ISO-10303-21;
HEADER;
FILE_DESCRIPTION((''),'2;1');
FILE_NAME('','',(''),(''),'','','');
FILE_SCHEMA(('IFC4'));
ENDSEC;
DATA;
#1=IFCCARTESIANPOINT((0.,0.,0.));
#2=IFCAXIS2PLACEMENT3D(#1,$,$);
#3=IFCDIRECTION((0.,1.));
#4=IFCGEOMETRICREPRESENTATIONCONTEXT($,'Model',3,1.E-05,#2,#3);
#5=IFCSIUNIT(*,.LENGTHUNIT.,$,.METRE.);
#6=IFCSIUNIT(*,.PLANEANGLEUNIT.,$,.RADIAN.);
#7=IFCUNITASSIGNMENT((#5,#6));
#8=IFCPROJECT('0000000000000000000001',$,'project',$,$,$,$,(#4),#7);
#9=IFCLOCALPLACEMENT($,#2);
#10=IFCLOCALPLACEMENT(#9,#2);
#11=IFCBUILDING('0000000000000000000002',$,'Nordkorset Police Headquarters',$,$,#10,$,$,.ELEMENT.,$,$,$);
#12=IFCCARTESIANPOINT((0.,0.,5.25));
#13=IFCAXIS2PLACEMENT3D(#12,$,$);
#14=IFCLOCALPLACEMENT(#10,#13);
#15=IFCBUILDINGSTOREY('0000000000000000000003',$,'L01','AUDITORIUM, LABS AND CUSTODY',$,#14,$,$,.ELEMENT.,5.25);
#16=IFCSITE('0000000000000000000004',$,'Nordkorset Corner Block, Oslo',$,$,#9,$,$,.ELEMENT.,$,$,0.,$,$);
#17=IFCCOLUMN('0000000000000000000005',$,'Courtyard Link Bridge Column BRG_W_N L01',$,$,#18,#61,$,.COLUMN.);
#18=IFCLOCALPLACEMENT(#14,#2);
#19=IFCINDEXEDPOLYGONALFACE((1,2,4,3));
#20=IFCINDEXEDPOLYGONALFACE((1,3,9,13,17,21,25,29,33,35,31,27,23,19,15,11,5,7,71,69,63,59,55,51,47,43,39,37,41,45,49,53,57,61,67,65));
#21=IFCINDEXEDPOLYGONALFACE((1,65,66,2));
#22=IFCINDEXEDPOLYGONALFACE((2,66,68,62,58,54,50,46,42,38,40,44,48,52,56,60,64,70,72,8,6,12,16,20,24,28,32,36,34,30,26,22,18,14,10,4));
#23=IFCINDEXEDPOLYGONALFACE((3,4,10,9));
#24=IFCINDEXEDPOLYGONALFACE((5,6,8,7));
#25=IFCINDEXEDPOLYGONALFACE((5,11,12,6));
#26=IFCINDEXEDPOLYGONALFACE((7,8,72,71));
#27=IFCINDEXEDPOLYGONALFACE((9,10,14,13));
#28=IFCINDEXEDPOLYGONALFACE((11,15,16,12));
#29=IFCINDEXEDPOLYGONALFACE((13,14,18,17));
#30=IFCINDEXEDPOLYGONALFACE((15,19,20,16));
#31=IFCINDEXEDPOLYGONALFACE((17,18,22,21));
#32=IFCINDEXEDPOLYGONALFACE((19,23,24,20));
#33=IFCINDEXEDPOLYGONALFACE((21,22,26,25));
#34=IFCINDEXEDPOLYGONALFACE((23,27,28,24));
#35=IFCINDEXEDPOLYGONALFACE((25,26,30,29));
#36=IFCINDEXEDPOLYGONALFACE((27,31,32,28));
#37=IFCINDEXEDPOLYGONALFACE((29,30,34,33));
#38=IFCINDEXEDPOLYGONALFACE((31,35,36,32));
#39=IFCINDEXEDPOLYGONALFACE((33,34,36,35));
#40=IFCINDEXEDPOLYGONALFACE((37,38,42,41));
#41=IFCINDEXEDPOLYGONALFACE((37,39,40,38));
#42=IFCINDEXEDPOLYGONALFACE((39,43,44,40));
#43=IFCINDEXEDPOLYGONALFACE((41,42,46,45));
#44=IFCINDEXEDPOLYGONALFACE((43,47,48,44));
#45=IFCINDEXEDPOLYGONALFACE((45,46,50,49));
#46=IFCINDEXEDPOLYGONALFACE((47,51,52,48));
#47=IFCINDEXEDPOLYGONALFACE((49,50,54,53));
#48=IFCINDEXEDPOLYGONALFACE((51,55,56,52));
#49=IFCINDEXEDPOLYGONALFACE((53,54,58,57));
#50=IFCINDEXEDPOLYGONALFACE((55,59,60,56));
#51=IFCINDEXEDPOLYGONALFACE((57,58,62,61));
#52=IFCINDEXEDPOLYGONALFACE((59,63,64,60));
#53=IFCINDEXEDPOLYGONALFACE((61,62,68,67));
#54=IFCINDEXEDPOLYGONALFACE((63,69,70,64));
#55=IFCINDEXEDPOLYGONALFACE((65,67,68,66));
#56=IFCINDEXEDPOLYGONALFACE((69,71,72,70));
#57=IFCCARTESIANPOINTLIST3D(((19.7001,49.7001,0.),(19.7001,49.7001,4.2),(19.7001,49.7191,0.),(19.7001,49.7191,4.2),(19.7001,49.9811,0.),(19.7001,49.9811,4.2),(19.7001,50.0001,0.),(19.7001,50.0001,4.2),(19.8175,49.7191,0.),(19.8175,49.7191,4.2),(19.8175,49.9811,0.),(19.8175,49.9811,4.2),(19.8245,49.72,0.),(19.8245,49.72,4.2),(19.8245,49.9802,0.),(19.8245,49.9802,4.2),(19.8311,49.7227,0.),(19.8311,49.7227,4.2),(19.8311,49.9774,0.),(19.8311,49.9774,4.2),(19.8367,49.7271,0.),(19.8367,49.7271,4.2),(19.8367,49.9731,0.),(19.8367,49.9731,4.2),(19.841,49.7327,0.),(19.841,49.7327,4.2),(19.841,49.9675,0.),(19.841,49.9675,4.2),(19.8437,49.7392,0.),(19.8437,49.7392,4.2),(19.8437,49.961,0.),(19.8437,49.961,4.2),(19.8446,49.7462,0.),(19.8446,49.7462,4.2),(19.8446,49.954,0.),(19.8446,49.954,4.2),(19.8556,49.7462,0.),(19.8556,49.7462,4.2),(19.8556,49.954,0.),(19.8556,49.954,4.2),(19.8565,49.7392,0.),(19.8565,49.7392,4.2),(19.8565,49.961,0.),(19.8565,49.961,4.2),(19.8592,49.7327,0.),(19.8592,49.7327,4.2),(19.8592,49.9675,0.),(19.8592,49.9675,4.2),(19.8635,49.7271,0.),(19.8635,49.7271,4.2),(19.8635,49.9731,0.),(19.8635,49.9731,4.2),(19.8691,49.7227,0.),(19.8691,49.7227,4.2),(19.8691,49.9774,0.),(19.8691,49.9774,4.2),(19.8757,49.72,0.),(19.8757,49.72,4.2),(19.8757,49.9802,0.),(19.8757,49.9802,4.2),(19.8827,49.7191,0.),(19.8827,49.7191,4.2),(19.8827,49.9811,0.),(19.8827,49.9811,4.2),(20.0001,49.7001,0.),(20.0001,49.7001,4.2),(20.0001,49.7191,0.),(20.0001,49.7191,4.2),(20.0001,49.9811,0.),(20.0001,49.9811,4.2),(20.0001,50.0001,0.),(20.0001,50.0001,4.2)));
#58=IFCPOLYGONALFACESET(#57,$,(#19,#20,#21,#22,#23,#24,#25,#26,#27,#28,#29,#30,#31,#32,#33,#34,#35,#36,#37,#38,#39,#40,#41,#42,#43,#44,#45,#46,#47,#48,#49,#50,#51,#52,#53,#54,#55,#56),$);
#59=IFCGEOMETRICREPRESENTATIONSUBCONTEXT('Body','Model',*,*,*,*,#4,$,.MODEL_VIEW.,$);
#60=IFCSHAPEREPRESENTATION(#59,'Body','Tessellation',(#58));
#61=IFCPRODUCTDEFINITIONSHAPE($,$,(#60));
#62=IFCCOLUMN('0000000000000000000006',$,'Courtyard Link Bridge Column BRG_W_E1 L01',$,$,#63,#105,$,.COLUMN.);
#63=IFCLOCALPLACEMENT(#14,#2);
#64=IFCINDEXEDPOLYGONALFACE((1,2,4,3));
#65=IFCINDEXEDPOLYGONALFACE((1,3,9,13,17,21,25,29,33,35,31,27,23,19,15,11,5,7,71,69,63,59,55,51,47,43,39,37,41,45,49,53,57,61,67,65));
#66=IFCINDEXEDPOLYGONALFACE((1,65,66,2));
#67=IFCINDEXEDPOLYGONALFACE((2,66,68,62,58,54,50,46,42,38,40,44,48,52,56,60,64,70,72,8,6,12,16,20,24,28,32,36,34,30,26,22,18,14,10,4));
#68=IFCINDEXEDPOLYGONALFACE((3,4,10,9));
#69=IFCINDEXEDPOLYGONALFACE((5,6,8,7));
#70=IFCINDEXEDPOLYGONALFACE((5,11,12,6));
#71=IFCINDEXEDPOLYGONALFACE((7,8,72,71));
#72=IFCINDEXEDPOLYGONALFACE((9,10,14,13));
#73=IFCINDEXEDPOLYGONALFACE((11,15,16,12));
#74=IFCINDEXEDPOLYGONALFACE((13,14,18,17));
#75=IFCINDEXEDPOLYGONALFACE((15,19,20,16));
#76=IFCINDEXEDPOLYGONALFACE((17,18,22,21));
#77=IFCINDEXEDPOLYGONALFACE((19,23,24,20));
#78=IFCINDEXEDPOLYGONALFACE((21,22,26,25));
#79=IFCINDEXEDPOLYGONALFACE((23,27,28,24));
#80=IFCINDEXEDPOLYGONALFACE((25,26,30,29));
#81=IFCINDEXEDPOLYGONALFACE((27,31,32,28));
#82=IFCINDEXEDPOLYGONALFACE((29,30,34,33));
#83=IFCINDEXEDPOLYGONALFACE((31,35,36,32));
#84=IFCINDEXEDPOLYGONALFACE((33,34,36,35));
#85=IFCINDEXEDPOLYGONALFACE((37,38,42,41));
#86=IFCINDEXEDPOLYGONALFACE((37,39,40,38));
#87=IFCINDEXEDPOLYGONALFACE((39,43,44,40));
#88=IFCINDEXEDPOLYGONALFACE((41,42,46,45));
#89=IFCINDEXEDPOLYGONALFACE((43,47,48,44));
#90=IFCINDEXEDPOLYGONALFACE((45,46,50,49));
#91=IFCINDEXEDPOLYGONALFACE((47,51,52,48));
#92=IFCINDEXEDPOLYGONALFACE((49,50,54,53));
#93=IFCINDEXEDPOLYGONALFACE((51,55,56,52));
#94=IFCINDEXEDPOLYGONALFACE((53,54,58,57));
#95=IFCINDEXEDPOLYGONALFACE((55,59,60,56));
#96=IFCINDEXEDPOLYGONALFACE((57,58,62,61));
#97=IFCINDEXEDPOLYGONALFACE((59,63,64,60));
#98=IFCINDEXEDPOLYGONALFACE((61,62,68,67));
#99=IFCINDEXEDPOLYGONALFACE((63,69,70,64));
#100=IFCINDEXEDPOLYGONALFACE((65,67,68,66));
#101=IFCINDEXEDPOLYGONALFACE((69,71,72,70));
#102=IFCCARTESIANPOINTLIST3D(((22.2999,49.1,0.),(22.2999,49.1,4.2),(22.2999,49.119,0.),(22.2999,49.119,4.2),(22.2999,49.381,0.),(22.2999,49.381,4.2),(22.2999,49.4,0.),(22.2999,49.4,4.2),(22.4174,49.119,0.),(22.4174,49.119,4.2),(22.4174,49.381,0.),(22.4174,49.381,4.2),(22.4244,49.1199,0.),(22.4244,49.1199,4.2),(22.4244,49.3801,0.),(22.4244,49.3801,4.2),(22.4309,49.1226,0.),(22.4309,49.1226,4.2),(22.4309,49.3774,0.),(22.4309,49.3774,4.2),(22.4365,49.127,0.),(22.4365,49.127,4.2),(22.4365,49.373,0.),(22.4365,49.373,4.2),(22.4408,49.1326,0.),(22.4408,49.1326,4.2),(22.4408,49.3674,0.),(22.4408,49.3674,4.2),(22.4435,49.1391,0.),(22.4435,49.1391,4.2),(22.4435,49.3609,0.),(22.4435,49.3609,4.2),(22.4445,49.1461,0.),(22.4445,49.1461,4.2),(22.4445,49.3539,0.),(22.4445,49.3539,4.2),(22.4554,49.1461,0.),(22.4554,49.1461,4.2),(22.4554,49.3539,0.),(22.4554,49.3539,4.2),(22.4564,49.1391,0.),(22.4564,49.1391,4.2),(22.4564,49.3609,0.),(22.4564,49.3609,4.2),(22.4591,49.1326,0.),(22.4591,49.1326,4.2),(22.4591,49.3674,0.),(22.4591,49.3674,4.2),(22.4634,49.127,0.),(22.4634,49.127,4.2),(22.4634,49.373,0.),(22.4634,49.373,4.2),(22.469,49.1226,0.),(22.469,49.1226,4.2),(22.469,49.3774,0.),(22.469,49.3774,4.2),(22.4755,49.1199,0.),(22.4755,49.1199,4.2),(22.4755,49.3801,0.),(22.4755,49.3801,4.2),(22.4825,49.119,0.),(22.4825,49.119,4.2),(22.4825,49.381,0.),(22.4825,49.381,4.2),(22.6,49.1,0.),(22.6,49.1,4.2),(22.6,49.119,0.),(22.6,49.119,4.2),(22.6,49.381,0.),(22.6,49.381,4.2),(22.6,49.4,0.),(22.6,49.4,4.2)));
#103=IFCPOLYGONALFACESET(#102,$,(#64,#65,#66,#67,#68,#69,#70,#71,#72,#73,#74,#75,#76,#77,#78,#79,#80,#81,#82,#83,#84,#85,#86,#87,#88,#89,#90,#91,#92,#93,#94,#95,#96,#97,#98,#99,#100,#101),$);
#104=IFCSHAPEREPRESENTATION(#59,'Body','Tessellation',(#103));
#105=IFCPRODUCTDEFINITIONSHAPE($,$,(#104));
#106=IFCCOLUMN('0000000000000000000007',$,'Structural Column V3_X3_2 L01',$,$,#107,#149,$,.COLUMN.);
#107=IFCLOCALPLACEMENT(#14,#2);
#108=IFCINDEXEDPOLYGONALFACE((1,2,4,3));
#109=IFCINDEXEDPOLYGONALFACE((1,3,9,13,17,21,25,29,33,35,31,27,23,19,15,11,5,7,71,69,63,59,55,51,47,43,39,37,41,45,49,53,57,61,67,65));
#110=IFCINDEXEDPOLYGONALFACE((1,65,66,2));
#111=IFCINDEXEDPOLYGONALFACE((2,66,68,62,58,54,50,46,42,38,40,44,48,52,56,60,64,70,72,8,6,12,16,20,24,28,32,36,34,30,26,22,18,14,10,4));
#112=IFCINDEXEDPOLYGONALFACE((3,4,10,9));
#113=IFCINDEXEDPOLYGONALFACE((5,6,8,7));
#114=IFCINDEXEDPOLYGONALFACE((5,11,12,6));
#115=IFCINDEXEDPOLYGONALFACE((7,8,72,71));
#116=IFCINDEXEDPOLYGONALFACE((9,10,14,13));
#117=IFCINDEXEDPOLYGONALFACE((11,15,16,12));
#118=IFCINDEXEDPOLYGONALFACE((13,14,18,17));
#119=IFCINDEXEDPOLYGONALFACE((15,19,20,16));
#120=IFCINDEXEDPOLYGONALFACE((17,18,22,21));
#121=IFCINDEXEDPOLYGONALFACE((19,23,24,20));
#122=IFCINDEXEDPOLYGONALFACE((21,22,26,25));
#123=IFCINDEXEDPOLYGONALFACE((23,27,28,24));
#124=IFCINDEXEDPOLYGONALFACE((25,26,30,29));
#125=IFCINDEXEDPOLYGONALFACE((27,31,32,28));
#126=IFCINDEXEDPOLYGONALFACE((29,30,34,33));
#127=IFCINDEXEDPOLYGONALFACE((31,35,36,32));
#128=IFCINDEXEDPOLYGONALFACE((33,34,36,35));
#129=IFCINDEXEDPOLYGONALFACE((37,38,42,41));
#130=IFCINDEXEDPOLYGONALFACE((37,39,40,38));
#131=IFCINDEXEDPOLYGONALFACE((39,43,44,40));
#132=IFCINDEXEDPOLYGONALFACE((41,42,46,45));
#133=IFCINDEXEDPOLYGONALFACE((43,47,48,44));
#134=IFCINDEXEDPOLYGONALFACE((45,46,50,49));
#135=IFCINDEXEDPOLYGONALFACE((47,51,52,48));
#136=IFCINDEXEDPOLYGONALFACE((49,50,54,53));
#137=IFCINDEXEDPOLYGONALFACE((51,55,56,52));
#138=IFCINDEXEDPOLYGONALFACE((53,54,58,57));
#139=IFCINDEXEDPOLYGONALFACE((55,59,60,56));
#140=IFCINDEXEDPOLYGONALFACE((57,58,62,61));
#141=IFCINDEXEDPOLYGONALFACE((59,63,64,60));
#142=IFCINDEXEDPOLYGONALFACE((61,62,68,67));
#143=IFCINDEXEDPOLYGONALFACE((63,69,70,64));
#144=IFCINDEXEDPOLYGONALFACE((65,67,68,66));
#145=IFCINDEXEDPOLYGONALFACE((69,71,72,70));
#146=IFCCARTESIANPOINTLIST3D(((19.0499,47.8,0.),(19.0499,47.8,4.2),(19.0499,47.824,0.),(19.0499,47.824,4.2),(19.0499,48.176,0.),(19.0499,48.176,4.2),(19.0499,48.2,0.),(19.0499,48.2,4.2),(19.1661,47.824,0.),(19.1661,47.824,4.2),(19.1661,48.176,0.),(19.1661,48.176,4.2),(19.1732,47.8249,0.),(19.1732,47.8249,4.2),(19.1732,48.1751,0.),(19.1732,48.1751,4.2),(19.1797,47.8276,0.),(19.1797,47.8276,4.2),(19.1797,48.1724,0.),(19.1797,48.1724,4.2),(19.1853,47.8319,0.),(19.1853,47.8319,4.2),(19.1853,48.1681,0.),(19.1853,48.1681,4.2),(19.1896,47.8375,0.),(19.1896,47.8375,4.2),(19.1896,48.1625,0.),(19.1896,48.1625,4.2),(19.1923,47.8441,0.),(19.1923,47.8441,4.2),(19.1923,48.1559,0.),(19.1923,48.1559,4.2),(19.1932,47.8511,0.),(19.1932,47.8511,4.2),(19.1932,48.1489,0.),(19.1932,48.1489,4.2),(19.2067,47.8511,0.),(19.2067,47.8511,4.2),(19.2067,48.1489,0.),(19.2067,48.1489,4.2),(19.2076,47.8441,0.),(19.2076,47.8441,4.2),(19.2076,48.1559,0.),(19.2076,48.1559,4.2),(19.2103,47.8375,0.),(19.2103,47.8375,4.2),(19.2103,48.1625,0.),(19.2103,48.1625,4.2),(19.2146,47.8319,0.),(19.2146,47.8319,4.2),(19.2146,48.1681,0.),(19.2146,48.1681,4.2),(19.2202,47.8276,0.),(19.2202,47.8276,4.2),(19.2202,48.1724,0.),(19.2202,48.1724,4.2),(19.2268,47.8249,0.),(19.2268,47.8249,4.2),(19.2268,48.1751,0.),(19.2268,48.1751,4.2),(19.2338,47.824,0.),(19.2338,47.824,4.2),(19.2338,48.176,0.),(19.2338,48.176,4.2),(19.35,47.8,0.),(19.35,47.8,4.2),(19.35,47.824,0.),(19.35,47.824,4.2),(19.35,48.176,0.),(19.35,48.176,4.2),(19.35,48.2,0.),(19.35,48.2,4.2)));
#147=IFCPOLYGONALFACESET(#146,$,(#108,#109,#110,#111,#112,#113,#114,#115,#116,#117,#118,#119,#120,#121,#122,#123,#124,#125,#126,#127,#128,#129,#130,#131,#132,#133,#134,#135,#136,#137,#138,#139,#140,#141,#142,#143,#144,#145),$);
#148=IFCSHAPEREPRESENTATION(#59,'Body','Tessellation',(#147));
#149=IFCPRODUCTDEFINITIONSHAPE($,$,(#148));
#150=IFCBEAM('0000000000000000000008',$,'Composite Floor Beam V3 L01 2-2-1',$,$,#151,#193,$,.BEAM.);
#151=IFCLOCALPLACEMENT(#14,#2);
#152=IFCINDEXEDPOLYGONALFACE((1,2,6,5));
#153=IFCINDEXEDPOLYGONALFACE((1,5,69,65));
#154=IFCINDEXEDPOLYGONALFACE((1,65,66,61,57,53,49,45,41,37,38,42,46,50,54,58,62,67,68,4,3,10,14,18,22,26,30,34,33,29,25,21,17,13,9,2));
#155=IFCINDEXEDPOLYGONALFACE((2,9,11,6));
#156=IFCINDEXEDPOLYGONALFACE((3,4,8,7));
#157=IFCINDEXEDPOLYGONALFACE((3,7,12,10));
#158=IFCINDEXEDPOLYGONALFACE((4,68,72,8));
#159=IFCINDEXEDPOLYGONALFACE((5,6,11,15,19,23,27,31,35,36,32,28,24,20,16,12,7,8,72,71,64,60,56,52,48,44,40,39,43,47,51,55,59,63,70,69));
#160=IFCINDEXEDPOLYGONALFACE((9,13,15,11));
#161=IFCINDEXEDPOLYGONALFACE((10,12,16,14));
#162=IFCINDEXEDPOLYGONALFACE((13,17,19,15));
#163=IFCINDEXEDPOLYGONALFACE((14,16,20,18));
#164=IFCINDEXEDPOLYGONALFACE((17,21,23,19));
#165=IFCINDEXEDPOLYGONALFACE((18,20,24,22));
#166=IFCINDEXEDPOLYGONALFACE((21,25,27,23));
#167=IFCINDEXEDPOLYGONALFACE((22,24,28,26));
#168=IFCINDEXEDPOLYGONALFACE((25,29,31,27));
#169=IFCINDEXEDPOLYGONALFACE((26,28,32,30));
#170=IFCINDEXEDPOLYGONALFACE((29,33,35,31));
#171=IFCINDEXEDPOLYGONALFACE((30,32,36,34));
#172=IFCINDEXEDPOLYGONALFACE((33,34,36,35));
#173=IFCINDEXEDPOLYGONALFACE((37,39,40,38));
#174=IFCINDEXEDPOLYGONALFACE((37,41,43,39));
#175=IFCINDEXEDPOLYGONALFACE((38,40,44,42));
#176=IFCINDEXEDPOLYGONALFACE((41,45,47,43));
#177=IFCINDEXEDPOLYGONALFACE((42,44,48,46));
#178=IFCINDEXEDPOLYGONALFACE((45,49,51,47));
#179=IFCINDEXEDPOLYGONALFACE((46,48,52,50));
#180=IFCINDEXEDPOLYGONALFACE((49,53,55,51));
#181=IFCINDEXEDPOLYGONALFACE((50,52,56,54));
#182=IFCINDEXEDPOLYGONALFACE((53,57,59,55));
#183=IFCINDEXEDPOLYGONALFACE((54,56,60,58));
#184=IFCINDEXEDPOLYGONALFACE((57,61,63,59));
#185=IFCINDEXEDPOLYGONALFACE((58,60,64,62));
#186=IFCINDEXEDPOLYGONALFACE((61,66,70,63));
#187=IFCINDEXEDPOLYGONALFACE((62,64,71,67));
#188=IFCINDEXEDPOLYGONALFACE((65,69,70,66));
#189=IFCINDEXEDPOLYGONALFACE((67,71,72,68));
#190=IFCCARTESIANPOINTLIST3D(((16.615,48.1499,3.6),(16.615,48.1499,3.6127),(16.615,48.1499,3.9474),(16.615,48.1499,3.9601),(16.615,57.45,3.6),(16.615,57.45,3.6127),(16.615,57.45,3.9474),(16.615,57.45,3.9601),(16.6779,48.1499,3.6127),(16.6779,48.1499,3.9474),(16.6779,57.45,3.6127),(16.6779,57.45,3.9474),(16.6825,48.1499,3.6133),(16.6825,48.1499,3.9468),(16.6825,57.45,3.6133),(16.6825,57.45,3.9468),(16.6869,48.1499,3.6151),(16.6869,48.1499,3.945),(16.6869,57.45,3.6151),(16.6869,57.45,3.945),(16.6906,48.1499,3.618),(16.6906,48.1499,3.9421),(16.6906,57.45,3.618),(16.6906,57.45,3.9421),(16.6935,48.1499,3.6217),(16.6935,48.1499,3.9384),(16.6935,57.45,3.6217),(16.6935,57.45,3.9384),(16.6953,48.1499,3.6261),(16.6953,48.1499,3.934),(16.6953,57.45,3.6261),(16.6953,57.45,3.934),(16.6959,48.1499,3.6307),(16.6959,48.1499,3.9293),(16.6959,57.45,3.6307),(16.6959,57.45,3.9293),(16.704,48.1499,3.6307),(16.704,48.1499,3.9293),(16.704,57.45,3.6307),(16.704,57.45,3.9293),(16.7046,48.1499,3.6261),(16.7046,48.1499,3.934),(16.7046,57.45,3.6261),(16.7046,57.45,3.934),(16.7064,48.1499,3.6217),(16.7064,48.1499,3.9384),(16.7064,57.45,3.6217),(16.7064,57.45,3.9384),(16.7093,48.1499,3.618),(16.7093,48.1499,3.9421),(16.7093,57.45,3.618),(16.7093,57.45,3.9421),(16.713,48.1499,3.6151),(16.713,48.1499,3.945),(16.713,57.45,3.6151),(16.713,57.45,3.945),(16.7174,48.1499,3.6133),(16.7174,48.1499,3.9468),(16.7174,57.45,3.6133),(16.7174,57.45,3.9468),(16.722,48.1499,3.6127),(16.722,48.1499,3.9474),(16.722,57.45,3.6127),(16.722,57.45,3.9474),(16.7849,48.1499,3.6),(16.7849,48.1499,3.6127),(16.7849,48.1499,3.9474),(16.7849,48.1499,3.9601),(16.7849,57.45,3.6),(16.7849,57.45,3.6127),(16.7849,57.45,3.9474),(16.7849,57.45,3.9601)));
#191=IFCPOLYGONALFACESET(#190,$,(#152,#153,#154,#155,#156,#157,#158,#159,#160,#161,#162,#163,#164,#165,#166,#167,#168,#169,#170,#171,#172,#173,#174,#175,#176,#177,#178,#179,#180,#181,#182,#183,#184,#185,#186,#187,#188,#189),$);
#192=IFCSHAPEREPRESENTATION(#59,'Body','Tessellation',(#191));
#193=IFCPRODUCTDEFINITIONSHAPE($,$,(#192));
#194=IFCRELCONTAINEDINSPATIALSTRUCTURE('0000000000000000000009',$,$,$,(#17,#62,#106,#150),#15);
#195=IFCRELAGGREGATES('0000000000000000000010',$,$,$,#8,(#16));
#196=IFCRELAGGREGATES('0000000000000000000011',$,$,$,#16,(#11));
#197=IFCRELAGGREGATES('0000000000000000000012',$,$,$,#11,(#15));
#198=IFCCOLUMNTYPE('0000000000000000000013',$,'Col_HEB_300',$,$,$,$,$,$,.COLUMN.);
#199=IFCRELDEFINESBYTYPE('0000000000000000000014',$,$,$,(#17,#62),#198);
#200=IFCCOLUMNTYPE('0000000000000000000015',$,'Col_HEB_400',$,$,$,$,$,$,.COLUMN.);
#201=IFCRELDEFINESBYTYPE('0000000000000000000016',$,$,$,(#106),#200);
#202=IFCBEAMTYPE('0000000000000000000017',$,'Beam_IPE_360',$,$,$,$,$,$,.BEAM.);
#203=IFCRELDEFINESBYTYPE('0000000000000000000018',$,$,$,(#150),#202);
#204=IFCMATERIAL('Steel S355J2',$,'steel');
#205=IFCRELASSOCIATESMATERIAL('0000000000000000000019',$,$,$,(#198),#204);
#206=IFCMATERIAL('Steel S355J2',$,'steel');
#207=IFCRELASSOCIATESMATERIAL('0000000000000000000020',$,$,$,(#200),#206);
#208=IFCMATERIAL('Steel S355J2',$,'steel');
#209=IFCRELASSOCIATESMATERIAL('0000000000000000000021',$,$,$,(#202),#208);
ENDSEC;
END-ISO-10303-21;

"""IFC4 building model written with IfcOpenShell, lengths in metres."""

from ifc_helpers import new_model, si_unit, direction, frame, origin, origin_2d, place, context, subcontext, project, spatial, i_section, extrude, material, material_profile, profile_set, type_object, element, save


model = new_model("IFC4")

# Units and contexts
model_context = context("Model", 3, precision=1e-05, world=origin(), true_north=direction((0.0, 1.0)))
body_context = subcontext(model_context, "Body", "Model", "MODEL_VIEW")
ifc_project = project(units=[si_unit("LENGTHUNIT", "METRE"), si_unit("PLANEANGLEUNIT", "RADIAN")], contexts=[model_context])

# Site, building, storey
site_placement = place(None, origin())
site = spatial("IfcSite", under=ifc_project, at=site_placement, Name="Nordkorset Corner Block, Oslo", CompositionType="ELEMENT", RefElevation=0.0)
building_placement = place(site_placement, origin())
building = spatial("IfcBuilding", under=site, at=building_placement, Name="Nordkorset Police Headquarters", CompositionType="ELEMENT")
storey_placement = place(building_placement, frame((0.0, 0.0, 5.25)))
storey = spatial("IfcBuildingStorey", under=building, at=storey_placement, Name="L01", Description="AUDITORIUM, LABS AND CUSTODY", CompositionType="ELEMENT", Elevation=5.25)

# Columns
ifc_material_1 = material(Name="Steel S355J2", Category="steel")
ifc_material_profile_1 = material_profile(ifc_material_1, i_section(OverallWidth=0.3, OverallDepth=0.3, WebThickness=0.011, FlangeThickness=0.019, FilletRadius=0.0271, at=origin_2d()), Name="HEB 300")
ifc_profile_set_1 = profile_set([ifc_material_profile_1], Name="Steel S355J2")
column_type_1 = type_object("IfcColumnType", Name="Col_HEB_300", PredefinedType="COLUMN", material=ifc_profile_set_1)
for number, where, z_axis, x_axis, name in (
    (1, (19.8501, 49.8501, 0.0), (0.0, 0.0, 1.0), (1.0, 0.0, 0.0), "Courtyard Link Bridge Column BRG_W_N L01"),
    (2, (22.45, 49.25, 0.0), (0.0, 0.0, 1.0), (1.0, 0.0, 0.0), "Courtyard Link Bridge Column BRG_W_E1 L01"),
):
    element("IfcColumn", number, at=place(storey_placement, frame(where, z_axis=z_axis, x_axis=x_axis)), inside=storey, type_object=column_type_1, Name=name, PredefinedType="COLUMN", context=body_context, shape_type="SweptSolid", body=[
        extrude(i_section(OverallWidth=0.3, OverallDepth=0.3, WebThickness=0.011, FlangeThickness=0.019, FilletRadius=0.0271, at=origin_2d()), origin(), (0.0, 0.0, 1.0), 4.2),
    ])
ifc_material_2 = material(Name="Steel S355J2", Category="steel")
ifc_material_profile_2 = material_profile(ifc_material_2, i_section(OverallWidth=0.3, OverallDepth=0.3999, WebThickness=0.0134, FlangeThickness=0.0239, FilletRadius=0.0271, at=origin_2d()), Name="HEB 400")
ifc_profile_set_2 = profile_set([ifc_material_profile_2], Name="Steel S355J2")
column_type_2 = type_object("IfcColumnType", Name="Col_HEB_400", PredefinedType="COLUMN", material=ifc_profile_set_2)
column_placement = place(storey_placement, frame((19.2, 48.0, 0.0), z_axis=(0.0, 0.0, 1.0), x_axis=(1.0, 0.0, 0.0)))
element("IfcColumn", 3, at=column_placement, inside=storey, type_object=column_type_2, Name="Structural Column V3_X3_2 L01", PredefinedType="COLUMN", context=body_context, shape_type="SweptSolid", body=[
    extrude(i_section(OverallWidth=0.3, OverallDepth=0.3999, WebThickness=0.0134, FlangeThickness=0.0239, FilletRadius=0.0271, at=origin_2d()), origin(), (0.0, 0.0, 1.0), 4.2),
])

# Beam
ifc_material_3 = material(Name="Steel S355J2", Category="steel")
ifc_material_profile_3 = material_profile(ifc_material_3, i_section(OverallWidth=0.1699, OverallDepth=0.3601, WebThickness=0.0081, FlangeThickness=0.0127, FilletRadius=0.0181, at=origin_2d()), Name="IPE 360")
ifc_profile_set_3 = profile_set([ifc_material_profile_3], Name="Steel S355J2")
beam_type_1 = type_object("IfcBeamType", Name="Beam_IPE_360", PredefinedType="BEAM", material=ifc_profile_set_3)
beam_1_placement = place(storey_placement, frame((16.7, 48.1499, 3.78), z_axis=(0.0, 1.0, 0.0), x_axis=(-1.0, 0.0, 0.0)))
element("IfcBeam", 4, at=beam_1_placement, inside=storey, type_object=beam_type_1, Name="Composite Floor Beam V3 L01 2-2-1", PredefinedType="BEAM", context=body_context, shape_type="SweptSolid", body=[
    extrude(i_section(OverallWidth=0.1699, OverallDepth=0.3601, WebThickness=0.0081, FlangeThickness=0.0127, FilletRadius=0.0181, at=origin_2d()), origin(), (0.0, 0.0, 1.0), 9.3),
])

save(model, "model.ifc")
